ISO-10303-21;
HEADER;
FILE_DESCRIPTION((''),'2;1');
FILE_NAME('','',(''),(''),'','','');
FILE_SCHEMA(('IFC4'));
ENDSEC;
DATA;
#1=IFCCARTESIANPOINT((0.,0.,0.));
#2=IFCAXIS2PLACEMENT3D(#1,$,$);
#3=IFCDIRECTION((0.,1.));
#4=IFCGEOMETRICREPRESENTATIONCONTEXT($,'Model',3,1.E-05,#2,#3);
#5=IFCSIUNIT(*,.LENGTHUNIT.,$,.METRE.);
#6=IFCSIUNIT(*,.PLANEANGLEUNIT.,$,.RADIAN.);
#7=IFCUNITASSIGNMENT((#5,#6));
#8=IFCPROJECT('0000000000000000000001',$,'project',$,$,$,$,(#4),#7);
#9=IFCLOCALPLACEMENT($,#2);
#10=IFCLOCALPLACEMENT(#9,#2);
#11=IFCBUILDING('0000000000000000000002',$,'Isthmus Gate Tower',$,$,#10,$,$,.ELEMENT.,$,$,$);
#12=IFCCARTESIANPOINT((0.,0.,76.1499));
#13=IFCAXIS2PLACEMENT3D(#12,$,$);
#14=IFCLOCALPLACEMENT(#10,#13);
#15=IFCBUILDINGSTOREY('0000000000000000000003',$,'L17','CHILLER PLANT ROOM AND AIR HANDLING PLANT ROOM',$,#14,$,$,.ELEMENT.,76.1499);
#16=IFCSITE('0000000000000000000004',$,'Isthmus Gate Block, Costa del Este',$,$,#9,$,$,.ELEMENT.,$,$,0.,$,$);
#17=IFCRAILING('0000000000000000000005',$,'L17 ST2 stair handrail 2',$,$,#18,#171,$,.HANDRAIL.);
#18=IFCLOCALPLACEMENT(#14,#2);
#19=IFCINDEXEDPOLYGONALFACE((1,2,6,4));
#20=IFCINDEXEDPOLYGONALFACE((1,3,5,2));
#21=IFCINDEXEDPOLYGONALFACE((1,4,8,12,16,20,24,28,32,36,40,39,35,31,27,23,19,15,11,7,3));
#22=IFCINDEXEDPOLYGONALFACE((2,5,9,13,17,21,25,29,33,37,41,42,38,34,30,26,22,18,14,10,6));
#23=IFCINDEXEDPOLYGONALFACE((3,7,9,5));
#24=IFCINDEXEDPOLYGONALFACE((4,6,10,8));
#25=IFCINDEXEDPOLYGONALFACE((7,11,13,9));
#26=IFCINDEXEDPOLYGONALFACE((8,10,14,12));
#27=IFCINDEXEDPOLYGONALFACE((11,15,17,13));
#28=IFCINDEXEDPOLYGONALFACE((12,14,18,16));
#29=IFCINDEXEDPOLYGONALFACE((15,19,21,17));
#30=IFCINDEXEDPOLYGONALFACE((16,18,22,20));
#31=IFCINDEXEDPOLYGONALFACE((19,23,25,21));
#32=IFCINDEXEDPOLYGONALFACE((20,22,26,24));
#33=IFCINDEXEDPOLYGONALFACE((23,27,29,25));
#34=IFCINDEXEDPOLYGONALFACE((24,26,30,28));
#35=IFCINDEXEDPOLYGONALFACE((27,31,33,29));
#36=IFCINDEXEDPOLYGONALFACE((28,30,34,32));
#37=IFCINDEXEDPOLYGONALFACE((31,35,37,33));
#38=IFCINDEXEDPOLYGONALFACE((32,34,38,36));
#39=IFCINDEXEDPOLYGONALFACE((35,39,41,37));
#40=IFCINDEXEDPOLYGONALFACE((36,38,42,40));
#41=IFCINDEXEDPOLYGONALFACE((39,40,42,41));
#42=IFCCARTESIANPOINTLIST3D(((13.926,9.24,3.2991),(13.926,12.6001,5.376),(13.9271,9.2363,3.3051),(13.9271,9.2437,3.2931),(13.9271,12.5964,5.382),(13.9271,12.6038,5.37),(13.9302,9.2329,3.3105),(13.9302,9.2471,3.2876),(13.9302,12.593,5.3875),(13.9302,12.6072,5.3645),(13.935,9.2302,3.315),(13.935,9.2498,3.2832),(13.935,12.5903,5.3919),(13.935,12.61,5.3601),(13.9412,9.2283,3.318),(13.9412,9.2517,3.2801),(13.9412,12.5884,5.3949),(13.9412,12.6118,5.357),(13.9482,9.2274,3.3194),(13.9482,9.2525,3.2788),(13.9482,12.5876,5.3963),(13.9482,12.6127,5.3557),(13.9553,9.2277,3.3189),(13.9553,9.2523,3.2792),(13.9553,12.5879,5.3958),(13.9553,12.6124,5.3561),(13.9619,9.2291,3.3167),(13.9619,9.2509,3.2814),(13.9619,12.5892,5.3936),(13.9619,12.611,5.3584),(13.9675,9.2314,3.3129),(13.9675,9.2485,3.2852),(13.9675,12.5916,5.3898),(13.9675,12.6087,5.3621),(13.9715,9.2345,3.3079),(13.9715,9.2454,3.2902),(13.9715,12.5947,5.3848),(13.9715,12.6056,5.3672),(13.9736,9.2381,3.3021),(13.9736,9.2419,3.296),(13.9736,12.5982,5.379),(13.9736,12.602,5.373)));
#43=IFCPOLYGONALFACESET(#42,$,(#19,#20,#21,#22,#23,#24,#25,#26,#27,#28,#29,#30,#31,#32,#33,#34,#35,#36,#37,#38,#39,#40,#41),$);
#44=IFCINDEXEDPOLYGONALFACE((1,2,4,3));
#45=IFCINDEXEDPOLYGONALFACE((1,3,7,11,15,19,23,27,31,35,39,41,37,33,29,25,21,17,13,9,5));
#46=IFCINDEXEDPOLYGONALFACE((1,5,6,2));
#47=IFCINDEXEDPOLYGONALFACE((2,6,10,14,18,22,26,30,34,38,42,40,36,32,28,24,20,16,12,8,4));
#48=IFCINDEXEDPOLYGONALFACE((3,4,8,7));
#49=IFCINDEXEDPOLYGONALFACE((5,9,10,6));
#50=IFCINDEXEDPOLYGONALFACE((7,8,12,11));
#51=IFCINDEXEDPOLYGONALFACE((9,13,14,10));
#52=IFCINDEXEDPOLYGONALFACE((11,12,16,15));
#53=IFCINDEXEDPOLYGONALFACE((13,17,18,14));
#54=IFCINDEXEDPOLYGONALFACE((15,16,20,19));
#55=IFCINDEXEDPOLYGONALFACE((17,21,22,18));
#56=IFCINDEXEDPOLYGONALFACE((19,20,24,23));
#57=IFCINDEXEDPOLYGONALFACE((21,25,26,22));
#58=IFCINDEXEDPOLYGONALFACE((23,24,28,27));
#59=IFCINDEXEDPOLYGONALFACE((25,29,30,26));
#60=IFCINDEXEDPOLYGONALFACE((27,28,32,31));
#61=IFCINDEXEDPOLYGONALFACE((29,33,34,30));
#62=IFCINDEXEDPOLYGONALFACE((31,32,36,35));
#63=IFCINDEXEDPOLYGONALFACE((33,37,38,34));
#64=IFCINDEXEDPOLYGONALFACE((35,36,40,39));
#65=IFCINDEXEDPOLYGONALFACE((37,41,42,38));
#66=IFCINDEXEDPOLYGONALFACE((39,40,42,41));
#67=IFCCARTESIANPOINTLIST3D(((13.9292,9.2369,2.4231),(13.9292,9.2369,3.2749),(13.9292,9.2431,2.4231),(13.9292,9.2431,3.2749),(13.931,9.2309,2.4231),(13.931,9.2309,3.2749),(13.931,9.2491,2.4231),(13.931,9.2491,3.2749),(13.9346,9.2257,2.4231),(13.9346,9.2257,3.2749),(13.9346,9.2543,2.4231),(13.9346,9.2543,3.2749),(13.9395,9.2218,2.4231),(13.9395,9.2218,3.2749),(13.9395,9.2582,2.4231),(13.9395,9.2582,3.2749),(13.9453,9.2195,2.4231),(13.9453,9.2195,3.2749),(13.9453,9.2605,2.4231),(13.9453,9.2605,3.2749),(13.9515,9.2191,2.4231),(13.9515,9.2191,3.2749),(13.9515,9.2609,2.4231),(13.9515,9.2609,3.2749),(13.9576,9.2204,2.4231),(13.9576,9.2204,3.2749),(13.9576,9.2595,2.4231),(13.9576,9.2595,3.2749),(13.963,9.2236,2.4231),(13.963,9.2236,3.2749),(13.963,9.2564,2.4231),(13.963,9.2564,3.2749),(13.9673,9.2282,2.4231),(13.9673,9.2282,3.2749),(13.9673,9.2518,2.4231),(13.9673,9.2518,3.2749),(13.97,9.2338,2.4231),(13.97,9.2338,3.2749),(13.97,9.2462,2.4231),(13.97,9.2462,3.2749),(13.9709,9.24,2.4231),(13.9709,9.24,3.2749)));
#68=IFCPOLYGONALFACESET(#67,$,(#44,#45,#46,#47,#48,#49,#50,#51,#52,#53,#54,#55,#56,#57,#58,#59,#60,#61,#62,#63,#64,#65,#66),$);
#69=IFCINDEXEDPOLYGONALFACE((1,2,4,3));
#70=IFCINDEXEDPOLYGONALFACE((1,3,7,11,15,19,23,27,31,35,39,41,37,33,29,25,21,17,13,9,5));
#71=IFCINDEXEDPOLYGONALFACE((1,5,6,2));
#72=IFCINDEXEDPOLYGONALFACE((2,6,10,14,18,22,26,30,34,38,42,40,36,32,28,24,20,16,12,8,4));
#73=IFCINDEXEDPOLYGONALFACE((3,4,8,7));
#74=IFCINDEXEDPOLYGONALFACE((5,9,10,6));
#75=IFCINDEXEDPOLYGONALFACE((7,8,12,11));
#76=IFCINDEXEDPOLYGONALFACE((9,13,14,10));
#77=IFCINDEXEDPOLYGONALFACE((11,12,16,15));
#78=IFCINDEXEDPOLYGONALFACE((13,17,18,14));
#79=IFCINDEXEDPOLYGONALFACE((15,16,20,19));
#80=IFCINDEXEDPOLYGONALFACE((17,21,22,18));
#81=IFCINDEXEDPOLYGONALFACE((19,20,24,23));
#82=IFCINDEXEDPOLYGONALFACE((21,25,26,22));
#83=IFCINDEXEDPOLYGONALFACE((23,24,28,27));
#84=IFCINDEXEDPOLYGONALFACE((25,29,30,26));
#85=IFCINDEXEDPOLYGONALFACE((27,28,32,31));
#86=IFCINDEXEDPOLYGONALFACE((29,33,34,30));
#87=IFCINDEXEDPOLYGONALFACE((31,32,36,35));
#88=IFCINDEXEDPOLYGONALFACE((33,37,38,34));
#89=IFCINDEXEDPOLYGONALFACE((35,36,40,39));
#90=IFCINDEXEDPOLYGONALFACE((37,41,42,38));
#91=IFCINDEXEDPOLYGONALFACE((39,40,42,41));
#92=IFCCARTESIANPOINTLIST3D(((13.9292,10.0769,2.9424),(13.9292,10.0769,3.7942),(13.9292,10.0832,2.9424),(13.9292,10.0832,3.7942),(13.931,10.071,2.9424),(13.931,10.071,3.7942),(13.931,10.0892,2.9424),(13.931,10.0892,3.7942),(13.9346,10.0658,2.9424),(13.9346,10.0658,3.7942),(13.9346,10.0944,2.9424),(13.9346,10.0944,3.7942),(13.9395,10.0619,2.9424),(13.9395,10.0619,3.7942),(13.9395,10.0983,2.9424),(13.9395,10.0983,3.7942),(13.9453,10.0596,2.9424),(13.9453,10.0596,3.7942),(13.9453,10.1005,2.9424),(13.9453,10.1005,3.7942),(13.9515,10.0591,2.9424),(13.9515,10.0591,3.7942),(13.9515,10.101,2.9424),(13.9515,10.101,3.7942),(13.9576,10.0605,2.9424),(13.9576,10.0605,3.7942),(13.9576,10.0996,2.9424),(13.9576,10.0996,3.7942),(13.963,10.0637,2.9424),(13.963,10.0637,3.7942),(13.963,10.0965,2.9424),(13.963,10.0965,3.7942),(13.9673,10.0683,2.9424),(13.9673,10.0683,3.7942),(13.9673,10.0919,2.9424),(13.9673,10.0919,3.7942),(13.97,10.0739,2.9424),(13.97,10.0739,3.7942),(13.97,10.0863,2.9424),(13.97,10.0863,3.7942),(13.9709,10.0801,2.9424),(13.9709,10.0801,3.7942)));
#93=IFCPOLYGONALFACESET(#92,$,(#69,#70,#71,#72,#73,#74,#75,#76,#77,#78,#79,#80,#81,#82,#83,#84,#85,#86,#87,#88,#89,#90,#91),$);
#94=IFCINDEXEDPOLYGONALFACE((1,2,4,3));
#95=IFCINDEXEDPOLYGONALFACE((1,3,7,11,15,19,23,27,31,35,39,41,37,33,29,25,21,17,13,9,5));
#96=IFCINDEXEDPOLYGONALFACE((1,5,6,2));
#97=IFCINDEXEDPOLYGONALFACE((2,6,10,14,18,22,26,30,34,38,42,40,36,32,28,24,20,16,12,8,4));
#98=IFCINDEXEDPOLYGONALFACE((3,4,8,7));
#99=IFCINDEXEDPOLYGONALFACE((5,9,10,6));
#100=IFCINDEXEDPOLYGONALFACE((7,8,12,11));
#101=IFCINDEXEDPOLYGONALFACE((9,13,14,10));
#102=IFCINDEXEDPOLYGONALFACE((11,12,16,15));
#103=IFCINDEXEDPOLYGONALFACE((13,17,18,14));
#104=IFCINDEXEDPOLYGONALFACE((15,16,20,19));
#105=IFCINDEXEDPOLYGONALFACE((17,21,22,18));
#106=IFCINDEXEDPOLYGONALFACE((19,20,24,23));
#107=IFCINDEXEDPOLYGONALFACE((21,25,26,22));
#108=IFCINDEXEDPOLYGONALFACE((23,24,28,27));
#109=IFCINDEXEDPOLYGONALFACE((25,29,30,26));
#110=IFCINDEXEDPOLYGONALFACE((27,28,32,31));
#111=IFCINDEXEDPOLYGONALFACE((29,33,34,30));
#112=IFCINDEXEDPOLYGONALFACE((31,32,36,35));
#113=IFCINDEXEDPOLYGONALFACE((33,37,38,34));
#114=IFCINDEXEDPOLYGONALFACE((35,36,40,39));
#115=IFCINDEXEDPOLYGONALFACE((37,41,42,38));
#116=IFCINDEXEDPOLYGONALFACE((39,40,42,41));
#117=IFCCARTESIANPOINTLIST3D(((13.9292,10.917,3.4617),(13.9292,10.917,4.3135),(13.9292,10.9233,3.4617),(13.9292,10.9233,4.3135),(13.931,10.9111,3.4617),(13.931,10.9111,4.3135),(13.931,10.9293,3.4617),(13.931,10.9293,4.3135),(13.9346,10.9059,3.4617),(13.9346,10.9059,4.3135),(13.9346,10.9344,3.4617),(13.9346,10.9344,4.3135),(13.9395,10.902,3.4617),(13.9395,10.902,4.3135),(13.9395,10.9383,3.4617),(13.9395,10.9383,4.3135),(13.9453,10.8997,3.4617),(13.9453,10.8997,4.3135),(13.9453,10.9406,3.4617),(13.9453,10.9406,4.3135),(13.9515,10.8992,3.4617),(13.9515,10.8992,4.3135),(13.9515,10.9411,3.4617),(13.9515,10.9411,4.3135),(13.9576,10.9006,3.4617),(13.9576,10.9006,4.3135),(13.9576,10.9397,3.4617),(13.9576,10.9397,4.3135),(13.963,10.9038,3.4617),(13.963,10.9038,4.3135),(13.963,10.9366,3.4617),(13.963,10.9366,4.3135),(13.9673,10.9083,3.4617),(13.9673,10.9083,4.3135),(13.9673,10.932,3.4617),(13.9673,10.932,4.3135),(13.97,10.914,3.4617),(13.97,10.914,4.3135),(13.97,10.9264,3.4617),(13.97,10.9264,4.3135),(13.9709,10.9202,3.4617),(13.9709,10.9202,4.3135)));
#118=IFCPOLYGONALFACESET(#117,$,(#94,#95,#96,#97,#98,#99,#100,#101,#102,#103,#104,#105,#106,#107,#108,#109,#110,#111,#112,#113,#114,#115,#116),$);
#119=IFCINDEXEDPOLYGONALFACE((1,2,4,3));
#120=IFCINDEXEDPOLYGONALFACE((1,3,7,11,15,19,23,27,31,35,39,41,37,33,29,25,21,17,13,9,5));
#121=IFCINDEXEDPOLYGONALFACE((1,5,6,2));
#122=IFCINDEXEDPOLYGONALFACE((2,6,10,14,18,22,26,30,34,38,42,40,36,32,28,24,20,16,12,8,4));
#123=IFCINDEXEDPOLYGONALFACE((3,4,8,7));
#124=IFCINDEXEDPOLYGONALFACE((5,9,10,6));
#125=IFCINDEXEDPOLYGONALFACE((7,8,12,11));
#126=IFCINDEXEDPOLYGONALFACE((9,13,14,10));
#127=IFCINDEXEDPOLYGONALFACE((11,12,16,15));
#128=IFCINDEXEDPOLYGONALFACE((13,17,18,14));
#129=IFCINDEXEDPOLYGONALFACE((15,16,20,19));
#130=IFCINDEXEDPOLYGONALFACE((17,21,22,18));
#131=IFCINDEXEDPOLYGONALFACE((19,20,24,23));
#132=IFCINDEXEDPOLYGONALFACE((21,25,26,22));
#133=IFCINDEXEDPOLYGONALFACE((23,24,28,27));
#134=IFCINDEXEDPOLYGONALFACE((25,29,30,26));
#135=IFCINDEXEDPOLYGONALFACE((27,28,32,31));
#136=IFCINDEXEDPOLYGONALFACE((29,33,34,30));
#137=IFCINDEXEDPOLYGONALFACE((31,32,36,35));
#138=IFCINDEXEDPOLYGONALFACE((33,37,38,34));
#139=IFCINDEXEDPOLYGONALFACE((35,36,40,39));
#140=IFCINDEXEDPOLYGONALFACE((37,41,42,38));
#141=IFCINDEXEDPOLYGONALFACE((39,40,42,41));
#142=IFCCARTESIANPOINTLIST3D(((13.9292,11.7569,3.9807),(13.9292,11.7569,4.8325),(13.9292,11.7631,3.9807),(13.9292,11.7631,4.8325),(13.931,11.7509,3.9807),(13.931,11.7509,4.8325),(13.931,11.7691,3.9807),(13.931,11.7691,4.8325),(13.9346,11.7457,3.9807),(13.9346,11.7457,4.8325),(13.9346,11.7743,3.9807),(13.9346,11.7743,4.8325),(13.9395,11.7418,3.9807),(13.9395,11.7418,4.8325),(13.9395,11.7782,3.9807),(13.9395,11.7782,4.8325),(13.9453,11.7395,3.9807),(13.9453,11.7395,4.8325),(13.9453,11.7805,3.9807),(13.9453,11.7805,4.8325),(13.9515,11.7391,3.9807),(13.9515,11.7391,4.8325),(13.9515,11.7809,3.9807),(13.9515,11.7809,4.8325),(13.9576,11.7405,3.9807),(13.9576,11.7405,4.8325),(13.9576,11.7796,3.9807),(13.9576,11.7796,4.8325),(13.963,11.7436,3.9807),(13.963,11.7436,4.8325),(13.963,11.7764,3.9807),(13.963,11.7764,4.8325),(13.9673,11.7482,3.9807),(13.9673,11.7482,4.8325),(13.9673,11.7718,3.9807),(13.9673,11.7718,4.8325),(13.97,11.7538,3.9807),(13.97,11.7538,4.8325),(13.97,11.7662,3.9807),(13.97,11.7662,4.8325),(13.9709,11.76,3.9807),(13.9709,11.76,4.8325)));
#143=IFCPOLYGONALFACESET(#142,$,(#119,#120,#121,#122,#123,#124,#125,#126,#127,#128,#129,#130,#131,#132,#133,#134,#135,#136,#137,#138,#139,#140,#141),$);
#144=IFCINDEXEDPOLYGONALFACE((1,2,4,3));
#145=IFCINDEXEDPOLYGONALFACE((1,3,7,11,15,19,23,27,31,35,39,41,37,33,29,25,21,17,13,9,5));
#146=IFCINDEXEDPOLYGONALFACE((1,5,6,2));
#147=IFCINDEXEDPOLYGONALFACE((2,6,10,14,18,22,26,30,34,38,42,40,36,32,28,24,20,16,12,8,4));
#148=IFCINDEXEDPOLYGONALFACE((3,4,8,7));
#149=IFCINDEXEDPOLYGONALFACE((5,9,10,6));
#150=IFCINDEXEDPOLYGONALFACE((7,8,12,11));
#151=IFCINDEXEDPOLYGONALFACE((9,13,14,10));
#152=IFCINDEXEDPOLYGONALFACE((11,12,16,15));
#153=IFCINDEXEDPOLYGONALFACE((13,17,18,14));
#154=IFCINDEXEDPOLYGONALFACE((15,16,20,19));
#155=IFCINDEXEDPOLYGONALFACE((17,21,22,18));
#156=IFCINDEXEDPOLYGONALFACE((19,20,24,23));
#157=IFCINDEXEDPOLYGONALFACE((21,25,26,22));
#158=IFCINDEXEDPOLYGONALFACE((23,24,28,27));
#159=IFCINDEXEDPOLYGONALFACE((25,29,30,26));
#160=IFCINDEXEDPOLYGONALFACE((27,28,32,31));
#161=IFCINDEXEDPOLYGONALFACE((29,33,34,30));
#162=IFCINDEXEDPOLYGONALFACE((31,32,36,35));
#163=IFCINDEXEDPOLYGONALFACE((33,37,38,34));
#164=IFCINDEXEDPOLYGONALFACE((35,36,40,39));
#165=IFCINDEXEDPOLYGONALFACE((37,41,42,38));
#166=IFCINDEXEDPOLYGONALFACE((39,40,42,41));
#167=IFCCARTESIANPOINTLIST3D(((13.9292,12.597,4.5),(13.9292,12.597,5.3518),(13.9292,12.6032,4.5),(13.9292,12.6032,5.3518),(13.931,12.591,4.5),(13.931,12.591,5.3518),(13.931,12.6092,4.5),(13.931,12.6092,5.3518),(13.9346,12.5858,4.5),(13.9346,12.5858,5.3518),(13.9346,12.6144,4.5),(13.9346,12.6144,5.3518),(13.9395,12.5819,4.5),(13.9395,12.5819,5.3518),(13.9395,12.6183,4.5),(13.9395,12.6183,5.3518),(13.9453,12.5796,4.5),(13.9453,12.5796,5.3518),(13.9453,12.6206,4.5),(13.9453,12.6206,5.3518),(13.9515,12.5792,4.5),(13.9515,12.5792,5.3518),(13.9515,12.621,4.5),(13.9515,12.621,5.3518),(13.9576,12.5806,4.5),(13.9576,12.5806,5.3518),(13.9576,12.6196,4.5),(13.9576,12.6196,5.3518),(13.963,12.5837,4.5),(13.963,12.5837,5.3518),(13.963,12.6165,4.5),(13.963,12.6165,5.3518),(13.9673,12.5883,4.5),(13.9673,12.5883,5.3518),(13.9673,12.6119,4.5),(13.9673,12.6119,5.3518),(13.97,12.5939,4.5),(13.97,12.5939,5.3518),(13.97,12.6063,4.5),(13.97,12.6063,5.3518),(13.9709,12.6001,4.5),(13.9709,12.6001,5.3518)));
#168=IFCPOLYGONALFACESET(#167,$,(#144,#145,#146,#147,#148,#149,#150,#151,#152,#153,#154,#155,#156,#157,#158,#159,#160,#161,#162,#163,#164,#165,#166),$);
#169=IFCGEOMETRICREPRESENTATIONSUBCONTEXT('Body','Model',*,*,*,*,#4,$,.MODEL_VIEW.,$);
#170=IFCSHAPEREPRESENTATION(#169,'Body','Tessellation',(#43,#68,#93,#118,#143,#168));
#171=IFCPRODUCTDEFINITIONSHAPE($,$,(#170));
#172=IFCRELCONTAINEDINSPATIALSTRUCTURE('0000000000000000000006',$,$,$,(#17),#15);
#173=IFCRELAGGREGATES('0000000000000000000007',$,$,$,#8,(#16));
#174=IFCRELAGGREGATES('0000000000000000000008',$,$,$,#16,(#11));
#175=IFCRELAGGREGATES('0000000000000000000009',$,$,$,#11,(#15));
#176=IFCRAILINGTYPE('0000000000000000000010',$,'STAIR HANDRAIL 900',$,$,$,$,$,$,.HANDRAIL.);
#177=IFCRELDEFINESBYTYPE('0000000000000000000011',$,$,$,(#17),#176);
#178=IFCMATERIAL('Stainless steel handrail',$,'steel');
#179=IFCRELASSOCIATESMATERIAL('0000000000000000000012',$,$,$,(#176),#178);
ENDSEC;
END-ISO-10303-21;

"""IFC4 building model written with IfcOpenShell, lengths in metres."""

from ifc_helpers import new_model, si_unit, direction, frame, origin, origin_2d, place, context, subcontext, project, spatial, circle, extrude, material, type_object, element, save


model = new_model("IFC4")

# Units and contexts
model_context = context("Model", 3, precision=1e-05, world=origin(), true_north=direction((0.0, 1.0)))
body_context = subcontext(model_context, "Body", "Model", "MODEL_VIEW")
ifc_project = project(units=[si_unit("LENGTHUNIT", "METRE"), si_unit("PLANEANGLEUNIT", "RADIAN")], contexts=[model_context])

# Site, building, storey
site_placement = place(None, origin())
site = spatial("IfcSite", under=ifc_project, at=site_placement, Name="Isthmus Gate Block, Costa del Este", CompositionType="ELEMENT", RefElevation=0.0)
building_placement = place(site_placement, origin())
building = spatial("IfcBuilding", under=site, at=building_placement, Name="Isthmus Gate Tower", CompositionType="ELEMENT")
storey_placement = place(building_placement, frame((0.0, 0.0, 76.1499)))
storey = spatial("IfcBuildingStorey", under=building, at=storey_placement, Name="L17", Description="CHILLER PLANT ROOM AND AIR HANDLING PLANT ROOM", CompositionType="ELEMENT", Elevation=76.1499)

# Railing
ifc_material_1 = material(Name="Stainless steel handrail", Category="steel")
railing_type_1 = type_object("IfcRailingType", Name="STAIR HANDRAIL 900", PredefinedType="HANDRAIL", material=ifc_material_1)
for number, where, name in (
    (1, (13.95, 9.24, 2.4231), "L17 ST2 stair handrail 2"),
):
    element("IfcRailing", number, at=place(storey_placement, frame(where)), inside=storey, type_object=railing_type_1, Name=name, PredefinedType="HANDRAIL", context=body_context, shape_type="SweptSolid", body=[
        extrude(circle(Radius=0.0239, at=origin_2d()), frame((0.0, 0.0, 0.876), z_axis=(0.0, 0.850623, 0.525776), x_axis=(-1.0, 0.0, 0.0)), (0.0, 0.0, 1.0), 3.9502),
        extrude(circle(Radius=0.021, at=origin_2d()), origin(), (0.0, 0.0, 1.0), 0.8518),
        extrude(circle(Radius=0.021, at=origin_2d()), frame((0.0, 0.8401, 0.5193)), (0.0, 0.0, 1.0), 0.8518),
        extrude(circle(Radius=0.021, at=origin_2d()), frame((0.0, 1.6802, 1.0386)), (0.0, 0.0, 1.0), 0.8518),
        extrude(circle(Radius=0.021, at=origin_2d()), frame((0.0, 2.52, 1.5576)), (0.0, 0.0, 1.0), 0.8518),
        extrude(circle(Radius=0.021, at=origin_2d()), frame((0.0, 3.3601, 2.0769)), (0.0, 0.0, 1.0), 0.8518),
    ])

save(model, "model.ifc")
